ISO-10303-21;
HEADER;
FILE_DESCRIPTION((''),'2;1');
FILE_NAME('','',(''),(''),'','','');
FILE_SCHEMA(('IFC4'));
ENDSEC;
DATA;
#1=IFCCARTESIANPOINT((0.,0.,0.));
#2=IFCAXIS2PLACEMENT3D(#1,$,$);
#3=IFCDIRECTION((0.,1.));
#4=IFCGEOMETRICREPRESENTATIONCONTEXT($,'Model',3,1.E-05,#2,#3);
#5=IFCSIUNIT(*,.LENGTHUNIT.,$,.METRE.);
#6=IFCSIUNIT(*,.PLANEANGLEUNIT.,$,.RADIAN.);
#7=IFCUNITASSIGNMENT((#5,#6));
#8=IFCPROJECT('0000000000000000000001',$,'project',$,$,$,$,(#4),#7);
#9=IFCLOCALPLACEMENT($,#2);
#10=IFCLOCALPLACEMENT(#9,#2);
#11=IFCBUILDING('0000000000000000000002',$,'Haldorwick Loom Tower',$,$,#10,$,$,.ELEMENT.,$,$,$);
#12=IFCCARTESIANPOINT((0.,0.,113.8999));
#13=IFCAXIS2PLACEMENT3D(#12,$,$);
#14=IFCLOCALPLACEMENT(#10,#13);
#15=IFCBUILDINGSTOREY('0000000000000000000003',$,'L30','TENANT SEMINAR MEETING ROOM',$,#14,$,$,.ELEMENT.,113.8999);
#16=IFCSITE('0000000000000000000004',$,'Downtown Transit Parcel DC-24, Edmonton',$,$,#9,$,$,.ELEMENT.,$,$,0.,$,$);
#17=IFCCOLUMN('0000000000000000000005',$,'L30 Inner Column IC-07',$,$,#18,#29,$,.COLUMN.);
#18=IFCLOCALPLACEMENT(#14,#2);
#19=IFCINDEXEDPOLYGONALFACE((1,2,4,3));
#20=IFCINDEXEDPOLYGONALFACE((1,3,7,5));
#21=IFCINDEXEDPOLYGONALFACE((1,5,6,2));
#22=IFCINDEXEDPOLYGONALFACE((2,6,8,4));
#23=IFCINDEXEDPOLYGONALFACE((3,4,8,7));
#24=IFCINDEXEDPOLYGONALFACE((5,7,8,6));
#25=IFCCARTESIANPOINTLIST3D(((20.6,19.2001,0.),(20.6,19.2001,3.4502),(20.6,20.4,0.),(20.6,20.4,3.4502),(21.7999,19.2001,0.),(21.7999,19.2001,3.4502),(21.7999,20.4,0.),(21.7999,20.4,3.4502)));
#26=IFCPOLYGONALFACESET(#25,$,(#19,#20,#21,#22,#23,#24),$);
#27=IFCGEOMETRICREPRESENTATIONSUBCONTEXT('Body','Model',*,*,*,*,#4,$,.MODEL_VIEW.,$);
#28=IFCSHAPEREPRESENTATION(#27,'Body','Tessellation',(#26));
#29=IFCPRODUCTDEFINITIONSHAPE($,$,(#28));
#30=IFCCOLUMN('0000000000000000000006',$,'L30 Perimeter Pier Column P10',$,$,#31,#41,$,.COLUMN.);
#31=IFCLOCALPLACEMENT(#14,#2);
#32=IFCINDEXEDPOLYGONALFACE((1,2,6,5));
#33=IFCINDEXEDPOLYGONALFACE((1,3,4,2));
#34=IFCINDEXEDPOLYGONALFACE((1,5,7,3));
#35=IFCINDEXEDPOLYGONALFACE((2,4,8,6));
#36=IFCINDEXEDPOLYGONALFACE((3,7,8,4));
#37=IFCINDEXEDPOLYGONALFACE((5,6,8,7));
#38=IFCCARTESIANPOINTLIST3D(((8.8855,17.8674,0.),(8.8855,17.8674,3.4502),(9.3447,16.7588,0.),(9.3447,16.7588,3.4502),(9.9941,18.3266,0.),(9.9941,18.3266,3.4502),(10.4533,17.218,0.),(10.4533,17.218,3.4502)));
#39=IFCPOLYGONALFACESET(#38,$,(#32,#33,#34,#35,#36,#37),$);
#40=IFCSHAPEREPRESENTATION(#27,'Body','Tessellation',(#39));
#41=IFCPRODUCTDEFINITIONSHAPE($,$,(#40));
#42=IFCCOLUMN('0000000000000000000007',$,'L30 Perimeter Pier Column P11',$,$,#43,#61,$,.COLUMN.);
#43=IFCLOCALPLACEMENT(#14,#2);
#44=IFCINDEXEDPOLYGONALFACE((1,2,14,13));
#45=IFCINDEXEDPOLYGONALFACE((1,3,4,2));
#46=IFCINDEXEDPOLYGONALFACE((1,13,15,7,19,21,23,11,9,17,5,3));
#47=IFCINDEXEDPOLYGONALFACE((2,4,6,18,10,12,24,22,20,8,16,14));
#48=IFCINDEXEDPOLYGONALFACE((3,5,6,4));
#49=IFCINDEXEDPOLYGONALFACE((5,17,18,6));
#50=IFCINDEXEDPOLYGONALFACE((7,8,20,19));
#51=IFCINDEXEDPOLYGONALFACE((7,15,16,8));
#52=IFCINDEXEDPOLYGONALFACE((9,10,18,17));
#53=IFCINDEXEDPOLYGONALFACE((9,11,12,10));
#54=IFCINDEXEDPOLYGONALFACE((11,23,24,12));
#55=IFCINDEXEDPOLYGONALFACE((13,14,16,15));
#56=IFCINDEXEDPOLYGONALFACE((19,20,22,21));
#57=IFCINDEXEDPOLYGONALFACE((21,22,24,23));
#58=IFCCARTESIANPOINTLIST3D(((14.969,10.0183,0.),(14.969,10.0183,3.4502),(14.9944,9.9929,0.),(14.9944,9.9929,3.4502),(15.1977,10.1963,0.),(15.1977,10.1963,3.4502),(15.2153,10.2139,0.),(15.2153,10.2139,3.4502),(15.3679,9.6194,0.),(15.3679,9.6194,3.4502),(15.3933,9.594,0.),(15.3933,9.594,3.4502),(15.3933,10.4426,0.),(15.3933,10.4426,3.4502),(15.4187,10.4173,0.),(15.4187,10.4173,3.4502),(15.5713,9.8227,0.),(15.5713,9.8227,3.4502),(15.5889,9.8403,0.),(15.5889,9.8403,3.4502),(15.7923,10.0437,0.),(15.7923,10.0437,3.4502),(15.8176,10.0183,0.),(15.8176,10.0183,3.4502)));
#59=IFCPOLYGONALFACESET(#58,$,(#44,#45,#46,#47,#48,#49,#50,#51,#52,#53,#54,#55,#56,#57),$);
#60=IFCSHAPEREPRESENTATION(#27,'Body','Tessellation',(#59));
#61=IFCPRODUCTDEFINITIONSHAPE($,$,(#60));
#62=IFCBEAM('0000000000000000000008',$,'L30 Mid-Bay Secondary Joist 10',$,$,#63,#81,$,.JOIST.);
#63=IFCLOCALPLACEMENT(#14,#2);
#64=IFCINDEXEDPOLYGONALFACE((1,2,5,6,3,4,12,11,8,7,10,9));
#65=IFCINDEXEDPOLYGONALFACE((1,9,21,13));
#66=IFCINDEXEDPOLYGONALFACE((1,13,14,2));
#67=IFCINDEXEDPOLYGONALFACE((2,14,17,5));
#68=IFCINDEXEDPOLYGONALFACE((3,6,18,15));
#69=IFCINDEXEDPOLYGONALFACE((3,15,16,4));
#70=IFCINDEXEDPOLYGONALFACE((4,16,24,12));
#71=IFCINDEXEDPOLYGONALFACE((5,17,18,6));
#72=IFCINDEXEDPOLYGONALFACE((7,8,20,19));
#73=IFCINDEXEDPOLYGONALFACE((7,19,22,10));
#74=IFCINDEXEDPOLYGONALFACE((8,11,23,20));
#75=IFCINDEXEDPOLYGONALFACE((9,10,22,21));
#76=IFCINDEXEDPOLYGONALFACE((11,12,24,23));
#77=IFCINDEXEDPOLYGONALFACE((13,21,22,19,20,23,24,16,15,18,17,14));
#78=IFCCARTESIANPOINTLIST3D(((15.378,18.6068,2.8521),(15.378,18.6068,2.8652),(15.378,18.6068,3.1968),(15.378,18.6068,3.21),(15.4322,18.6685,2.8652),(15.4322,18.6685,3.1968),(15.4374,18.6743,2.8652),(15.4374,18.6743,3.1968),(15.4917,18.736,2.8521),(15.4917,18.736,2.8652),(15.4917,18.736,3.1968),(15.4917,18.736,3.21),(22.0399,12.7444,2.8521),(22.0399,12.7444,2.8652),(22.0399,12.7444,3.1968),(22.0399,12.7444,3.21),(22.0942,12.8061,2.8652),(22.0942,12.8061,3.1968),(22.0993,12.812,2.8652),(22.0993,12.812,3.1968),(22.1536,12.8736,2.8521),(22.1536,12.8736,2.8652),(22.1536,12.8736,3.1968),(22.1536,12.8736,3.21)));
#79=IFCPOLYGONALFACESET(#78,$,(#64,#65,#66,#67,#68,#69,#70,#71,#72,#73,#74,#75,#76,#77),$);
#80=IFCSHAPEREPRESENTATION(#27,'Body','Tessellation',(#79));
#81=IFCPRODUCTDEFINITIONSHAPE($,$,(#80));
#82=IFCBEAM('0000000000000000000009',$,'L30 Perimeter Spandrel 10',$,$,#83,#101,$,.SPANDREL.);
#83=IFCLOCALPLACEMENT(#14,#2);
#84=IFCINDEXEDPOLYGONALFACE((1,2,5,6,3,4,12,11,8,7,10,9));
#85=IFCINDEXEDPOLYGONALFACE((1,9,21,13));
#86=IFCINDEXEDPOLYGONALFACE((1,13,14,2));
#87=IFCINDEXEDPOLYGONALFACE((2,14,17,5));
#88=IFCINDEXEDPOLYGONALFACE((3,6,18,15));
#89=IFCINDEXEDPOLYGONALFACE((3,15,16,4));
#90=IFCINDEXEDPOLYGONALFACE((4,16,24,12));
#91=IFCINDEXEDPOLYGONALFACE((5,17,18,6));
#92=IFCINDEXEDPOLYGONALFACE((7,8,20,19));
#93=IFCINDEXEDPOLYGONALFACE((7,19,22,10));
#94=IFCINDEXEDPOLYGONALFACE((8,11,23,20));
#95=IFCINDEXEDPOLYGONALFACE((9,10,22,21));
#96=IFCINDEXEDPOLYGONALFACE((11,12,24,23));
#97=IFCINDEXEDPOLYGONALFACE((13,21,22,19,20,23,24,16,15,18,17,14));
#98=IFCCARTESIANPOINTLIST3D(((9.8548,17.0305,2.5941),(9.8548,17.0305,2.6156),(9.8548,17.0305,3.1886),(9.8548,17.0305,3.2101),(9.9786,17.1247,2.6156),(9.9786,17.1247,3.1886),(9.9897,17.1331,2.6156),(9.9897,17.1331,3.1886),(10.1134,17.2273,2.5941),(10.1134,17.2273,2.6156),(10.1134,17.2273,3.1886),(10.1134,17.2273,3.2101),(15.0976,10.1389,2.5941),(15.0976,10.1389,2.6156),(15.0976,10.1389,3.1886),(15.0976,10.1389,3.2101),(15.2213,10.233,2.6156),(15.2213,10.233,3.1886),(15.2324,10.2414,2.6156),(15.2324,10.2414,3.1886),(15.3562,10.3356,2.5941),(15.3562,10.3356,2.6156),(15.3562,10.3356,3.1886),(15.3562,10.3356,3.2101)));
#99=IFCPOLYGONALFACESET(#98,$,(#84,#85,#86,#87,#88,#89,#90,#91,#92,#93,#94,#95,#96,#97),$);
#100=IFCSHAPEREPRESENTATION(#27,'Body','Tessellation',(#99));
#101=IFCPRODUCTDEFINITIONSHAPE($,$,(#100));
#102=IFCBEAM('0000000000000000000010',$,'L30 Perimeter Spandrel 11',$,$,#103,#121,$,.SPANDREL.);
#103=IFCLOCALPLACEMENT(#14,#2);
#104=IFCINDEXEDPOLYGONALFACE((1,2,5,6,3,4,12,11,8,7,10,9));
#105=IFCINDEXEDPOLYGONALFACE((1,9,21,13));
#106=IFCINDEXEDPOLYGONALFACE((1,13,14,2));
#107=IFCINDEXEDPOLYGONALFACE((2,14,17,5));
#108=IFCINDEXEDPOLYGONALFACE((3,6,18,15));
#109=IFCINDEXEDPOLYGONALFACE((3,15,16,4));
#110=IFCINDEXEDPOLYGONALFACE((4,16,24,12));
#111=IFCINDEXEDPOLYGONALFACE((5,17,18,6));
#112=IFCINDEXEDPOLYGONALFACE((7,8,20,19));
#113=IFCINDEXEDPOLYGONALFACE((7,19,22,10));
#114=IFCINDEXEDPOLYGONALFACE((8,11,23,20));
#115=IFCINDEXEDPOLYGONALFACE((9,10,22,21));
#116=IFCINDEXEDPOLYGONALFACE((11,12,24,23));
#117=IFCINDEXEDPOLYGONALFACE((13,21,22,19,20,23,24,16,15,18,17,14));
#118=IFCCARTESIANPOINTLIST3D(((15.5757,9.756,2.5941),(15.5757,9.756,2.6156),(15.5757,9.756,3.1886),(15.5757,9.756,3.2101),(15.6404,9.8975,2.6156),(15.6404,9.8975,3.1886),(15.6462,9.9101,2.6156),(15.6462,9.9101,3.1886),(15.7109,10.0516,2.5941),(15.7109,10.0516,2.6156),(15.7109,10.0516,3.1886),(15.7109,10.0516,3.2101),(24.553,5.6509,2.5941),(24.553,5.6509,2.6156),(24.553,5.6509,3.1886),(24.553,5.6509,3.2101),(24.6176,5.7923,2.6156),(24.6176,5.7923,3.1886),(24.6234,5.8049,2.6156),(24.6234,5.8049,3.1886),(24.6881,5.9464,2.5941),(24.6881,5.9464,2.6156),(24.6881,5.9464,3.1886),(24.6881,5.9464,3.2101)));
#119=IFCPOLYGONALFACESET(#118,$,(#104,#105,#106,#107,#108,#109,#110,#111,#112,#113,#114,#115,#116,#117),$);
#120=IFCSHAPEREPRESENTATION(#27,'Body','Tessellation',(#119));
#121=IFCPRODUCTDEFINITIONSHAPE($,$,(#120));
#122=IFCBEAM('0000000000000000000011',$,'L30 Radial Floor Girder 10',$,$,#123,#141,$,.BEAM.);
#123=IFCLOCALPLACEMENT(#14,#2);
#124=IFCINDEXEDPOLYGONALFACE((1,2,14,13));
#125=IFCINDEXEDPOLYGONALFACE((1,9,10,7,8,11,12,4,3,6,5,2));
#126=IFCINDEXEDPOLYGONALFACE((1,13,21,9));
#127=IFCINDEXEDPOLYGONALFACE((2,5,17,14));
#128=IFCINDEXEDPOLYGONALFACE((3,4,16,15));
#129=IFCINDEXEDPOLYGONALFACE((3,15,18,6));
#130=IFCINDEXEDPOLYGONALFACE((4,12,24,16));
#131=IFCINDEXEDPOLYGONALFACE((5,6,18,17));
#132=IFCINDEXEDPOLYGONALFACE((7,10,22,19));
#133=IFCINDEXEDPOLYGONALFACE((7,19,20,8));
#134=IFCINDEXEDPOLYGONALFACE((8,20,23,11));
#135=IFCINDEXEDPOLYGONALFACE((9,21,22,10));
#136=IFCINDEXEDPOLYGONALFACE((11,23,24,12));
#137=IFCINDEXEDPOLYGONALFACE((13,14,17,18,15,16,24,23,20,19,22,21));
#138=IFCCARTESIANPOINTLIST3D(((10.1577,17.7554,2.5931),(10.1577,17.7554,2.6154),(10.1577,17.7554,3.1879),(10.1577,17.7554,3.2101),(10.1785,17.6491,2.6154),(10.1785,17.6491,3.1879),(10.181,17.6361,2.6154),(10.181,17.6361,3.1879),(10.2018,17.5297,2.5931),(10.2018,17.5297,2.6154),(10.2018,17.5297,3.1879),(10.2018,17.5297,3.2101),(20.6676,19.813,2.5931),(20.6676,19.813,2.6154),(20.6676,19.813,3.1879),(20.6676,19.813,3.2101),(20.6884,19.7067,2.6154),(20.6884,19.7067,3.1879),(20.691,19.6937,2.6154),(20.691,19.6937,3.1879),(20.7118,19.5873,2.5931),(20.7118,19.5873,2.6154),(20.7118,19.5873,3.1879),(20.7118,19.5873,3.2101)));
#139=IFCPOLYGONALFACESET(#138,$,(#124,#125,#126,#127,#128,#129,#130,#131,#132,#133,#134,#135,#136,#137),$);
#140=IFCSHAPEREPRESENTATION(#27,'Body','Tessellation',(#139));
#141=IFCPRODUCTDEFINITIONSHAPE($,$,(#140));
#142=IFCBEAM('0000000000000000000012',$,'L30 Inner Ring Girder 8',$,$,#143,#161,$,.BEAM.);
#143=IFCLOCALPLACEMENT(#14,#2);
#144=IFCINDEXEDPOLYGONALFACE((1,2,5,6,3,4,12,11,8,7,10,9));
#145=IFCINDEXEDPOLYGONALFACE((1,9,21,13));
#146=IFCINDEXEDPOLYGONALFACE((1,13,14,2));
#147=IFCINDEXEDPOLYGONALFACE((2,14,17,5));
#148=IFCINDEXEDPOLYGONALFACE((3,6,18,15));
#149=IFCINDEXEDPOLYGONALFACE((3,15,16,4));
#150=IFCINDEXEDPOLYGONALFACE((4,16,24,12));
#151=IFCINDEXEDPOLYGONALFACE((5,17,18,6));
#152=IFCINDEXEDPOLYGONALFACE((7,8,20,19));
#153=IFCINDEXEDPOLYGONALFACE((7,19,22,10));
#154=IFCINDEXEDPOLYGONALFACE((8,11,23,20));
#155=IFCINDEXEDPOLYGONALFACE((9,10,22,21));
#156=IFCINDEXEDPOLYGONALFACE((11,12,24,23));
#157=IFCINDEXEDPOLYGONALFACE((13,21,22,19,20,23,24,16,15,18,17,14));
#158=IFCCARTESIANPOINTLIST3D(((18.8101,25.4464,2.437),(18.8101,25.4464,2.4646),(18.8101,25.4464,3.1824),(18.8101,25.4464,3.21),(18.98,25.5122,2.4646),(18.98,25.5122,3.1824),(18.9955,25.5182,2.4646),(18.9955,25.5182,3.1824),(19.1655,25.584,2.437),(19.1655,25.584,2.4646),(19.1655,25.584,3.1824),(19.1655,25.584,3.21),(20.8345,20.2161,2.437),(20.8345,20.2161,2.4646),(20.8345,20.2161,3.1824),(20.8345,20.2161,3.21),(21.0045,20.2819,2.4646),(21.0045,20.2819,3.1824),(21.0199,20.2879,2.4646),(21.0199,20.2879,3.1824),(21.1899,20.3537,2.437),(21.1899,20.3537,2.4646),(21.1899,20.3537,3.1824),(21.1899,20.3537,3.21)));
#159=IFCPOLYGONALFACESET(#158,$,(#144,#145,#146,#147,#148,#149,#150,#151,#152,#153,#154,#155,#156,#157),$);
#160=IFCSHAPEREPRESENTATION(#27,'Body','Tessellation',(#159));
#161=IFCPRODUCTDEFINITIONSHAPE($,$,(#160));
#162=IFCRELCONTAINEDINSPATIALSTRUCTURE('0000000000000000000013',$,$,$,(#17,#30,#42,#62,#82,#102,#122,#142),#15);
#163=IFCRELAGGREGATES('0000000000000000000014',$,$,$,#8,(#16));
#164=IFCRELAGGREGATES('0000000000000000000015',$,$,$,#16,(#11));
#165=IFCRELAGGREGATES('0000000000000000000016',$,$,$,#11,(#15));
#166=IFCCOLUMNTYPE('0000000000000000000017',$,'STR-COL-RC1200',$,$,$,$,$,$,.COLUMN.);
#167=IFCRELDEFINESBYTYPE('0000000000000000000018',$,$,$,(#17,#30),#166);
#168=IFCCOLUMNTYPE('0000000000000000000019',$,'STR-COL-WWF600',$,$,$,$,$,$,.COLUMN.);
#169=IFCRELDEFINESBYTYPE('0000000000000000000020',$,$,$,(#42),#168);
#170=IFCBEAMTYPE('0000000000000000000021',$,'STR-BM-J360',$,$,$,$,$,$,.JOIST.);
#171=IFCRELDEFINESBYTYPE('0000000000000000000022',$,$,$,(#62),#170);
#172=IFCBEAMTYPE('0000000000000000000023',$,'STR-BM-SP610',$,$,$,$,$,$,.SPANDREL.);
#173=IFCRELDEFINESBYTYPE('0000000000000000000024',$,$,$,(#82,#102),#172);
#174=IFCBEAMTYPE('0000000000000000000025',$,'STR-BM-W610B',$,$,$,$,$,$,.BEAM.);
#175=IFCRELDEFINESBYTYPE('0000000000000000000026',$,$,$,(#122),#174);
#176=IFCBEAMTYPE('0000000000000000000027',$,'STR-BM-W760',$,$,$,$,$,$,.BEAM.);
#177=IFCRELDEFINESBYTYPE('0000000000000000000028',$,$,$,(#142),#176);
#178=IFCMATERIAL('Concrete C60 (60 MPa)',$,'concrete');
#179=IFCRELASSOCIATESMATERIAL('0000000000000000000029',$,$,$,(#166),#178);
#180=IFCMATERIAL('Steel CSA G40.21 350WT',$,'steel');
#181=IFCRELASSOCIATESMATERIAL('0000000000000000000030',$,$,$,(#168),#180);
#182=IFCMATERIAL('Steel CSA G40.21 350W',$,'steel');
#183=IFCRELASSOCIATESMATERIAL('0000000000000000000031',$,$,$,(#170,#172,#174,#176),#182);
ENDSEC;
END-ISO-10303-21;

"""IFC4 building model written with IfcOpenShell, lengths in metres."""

from ifc_helpers import new_model, si_unit, direction, frame, origin, origin_2d, place, context, subcontext, project, spatial, rectangle, i_section, extrude, material, material_profile, profile_set, type_object, element, save


model = new_model("IFC4")

# Units and contexts
model_context = context("Model", 3, precision=1e-05, world=origin(), true_north=direction((0.0, 1.0)))
body_context = subcontext(model_context, "Body", "Model", "MODEL_VIEW")
ifc_project = project(units=[si_unit("LENGTHUNIT", "METRE"), si_unit("PLANEANGLEUNIT", "RADIAN")], contexts=[model_context])

# Site, building, storey
site_placement = place(None, origin())
site = spatial("IfcSite", under=ifc_project, at=site_placement, Name="Downtown Transit Parcel DC-24, Edmonton", CompositionType="ELEMENT", RefElevation=0.0)
building_placement = place(site_placement, origin())
building = spatial("IfcBuilding", under=site, at=building_placement, Name="Haldorwick Loom Tower", CompositionType="ELEMENT")
storey_placement = place(building_placement, frame((0.0, 0.0, 113.8999)))
storey = spatial("IfcBuildingStorey", under=building, at=storey_placement, Name="L30", Description="TENANT SEMINAR MEETING ROOM", CompositionType="ELEMENT", Elevation=113.8999)

# Columns
ifc_material_1 = material(Name="Concrete C60 (60 MPa)", Category="concrete")
ifc_material_profile_1 = material_profile(ifc_material_1, rectangle(XDim=1.2, YDim=1.2, at=origin_2d()), Name="RC1200X1200", Category="concrete")
ifc_profile_set_1 = profile_set([ifc_material_profile_1], Name="Concrete C60 (60 MPa)")
column_type_1 = type_object("IfcColumnType", Name="STR-COL-RC1200", PredefinedType="COLUMN", material=ifc_profile_set_1)
for number, where, z_axis, x_axis, name in (
    (1, (21.2, 19.8, 0.0), (0.0, 0.0, 1.0), (1.0, 0.0, 0.0), "L30 Inner Column IC-07"),
    (2, (9.6694, 17.5427, 0.0), (0.0, 0.0, 1.0), (-0.92388, -0.382683, 0.0), "L30 Perimeter Pier Column P10"),
):
    element("IfcColumn", number, at=place(storey_placement, frame(where, z_axis=z_axis, x_axis=x_axis)), inside=storey, type_object=column_type_1, Name=name, PredefinedType="COLUMN", context=body_context, shape_type="SweptSolid", body=[
        extrude(rectangle(XDim=1.2, YDim=1.2, at=origin_2d()), origin(), (0.0, 0.0, 1.0), 3.4502),
    ])
ifc_material_2 = material(Name="Steel CSA G40.21 350WT", Category="steel")
ifc_material_profile_2 = material_profile(ifc_material_2, i_section(OverallWidth=0.6001, OverallDepth=0.6001, WebThickness=0.0249, FlangeThickness=0.0359, at=origin_2d()), Name="WWF600X600", Category="steel")
ifc_profile_set_2 = profile_set([ifc_material_profile_2], Name="Steel CSA G40.21 350WT")
column_type_2 = type_object("IfcColumnType", Name="STR-COL-WWF600", PredefinedType="COLUMN", material=ifc_profile_set_2)
column_placement = place(storey_placement, frame((15.3933, 10.0183, 0.0), z_axis=(0.0, 0.0, 1.0), x_axis=(-0.707107, -0.707107, 0.0)))
element("IfcColumn", 3, at=column_placement, inside=storey, type_object=column_type_2, Name="L30 Perimeter Pier Column P11", PredefinedType="COLUMN", context=body_context, shape_type="SweptSolid", body=[
    extrude(i_section(OverallWidth=0.6001, OverallDepth=0.6001, WebThickness=0.0249, FlangeThickness=0.0359, at=origin_2d()), origin(), (0.0, 0.0, 1.0), 3.4502),
])

# Beams
ifc_material_3 = material(Name="Steel CSA G40.21 350W", Category="steel")
ifc_material_profile_3 = material_profile(ifc_material_3, i_section(OverallWidth=0.1721, OverallDepth=0.3579, WebThickness=0.0078, FlangeThickness=0.0132, at=origin_2d()), Name="W360X57", Category="steel")
ifc_profile_set_3 = profile_set([ifc_material_profile_3], Name="Steel CSA G40.21 350W")
beam_type_1 = type_object("IfcBeamType", Name="STR-BM-J360", PredefinedType="JOIST", material=ifc_profile_set_3)
beam_1_placement = place(storey_placement, frame((15.4348, 18.6714, 3.031), z_axis=(0.750721, -0.660619, 0.0), x_axis=(0.660619, 0.750721, 0.0)))
element("IfcBeam", 4, at=beam_1_placement, inside=storey, type_object=beam_type_1, Name="L30 Mid-Bay Secondary Joist 10", PredefinedType="JOIST", context=body_context, shape_type="SweptSolid", body=[
    extrude(i_section(OverallWidth=0.1721, OverallDepth=0.3579, WebThickness=0.0078, FlangeThickness=0.0132, at=origin_2d()), origin(), (0.0, 0.0, 1.0), 8.874),
])
ifc_material_profile_4 = material_profile(ifc_material_3, i_section(OverallWidth=0.325, OverallDepth=0.616, WebThickness=0.0139, FlangeThickness=0.0215, at=origin_2d()), Name="W610X174", Category="steel")
ifc_profile_set_4 = profile_set([ifc_material_profile_4], Name="Steel CSA G40.21 350W")
beam_type_2 = type_object("IfcBeamType", Name="STR-BM-SP610", PredefinedType="SPANDREL", material=ifc_profile_set_4)
beam_2_placement = place(storey_placement, frame((9.9841, 17.1289, 2.9021), z_axis=(0.605454, -0.795881, 0.0), x_axis=(0.795881, 0.605454, 0.0)))
element("IfcBeam", 5, at=beam_2_placement, inside=storey, type_object=beam_type_2, Name="L30 Perimeter Spandrel 10", PredefinedType="SPANDREL", context=body_context, shape_type="SweptSolid", body=[
    extrude(i_section(OverallWidth=0.325, OverallDepth=0.616, WebThickness=0.0139, FlangeThickness=0.0215, at=origin_2d()), origin(), (0.0, 0.0, 1.0), 8.6592),
])
beam_3_placement = place(storey_placement, frame((15.6433, 9.9038, 2.9021), z_axis=(0.909424, -0.41587, 0.0), x_axis=(0.41587, 0.909424, 0.0)))
element("IfcBeam", 6, at=beam_3_placement, inside=storey, type_object=beam_type_2, Name="L30 Perimeter Spandrel 11", PredefinedType="SPANDREL", context=body_context, shape_type="SweptSolid", body=[
    extrude(i_section(OverallWidth=0.325, OverallDepth=0.616, WebThickness=0.0139, FlangeThickness=0.0215, at=origin_2d()), origin(), (0.0, 0.0, 1.0), 9.8713),
])
ifc_material_profile_5 = material_profile(ifc_material_3, i_section(OverallWidth=0.23, OverallDepth=0.6169, WebThickness=0.0132, FlangeThickness=0.0222, at=origin_2d()), Name="W610X140", Category="steel")
ifc_profile_set_5 = profile_set([ifc_material_profile_5], Name="Steel CSA G40.21 350W")
beam_type_3 = type_object("IfcBeamType", Name="STR-BM-W610B", PredefinedType="BEAM", material=ifc_profile_set_5)
beam_4_placement = place(storey_placement, frame((20.6897, 19.7002, 2.9016), z_axis=(-0.98137, -0.192129, 0.0), x_axis=(0.192129, -0.98137, 0.0)))
element("IfcBeam", 7, at=beam_4_placement, inside=storey, type_object=beam_type_3, Name="L30 Radial Floor Girder 10", PredefinedType="BEAM", context=body_context, shape_type="SweptSolid", body=[
    extrude(i_section(OverallWidth=0.23, OverallDepth=0.6169, WebThickness=0.0132, FlangeThickness=0.0222, at=origin_2d()), origin(), (0.0, 0.0, 1.0), 10.7095),
])
ifc_material_profile_6 = material_profile(ifc_material_3, i_section(OverallWidth=0.3811, OverallDepth=0.7729, WebThickness=0.0166, FlangeThickness=0.0276, at=origin_2d()), Name="W760X257", Category="steel")
ifc_profile_set_6 = profile_set([ifc_material_profile_6], Name="Steel CSA G40.21 350W")
beam_type_4 = type_object("IfcBeamType", Name="STR-BM-W760", PredefinedType="BEAM", material=ifc_profile_set_6)
beam_5_placement = place(storey_placement, frame((21.0122, 20.2849, 2.8235), z_axis=(-0.360965, 0.932579, 0.0), x_axis=(-0.932579, -0.360965, 0.0)))
element("IfcBeam", 8, at=beam_5_placement, inside=storey, type_object=beam_type_4, Name="L30 Inner Ring Girder 8", PredefinedType="BEAM", context=body_context, shape_type="SweptSolid", body=[
    extrude(i_section(OverallWidth=0.3811, OverallDepth=0.7729, WebThickness=0.0166, FlangeThickness=0.0276, at=origin_2d()), origin(), (0.0, 0.0, 1.0), 5.6084),
])

save(model, "model.ifc")
